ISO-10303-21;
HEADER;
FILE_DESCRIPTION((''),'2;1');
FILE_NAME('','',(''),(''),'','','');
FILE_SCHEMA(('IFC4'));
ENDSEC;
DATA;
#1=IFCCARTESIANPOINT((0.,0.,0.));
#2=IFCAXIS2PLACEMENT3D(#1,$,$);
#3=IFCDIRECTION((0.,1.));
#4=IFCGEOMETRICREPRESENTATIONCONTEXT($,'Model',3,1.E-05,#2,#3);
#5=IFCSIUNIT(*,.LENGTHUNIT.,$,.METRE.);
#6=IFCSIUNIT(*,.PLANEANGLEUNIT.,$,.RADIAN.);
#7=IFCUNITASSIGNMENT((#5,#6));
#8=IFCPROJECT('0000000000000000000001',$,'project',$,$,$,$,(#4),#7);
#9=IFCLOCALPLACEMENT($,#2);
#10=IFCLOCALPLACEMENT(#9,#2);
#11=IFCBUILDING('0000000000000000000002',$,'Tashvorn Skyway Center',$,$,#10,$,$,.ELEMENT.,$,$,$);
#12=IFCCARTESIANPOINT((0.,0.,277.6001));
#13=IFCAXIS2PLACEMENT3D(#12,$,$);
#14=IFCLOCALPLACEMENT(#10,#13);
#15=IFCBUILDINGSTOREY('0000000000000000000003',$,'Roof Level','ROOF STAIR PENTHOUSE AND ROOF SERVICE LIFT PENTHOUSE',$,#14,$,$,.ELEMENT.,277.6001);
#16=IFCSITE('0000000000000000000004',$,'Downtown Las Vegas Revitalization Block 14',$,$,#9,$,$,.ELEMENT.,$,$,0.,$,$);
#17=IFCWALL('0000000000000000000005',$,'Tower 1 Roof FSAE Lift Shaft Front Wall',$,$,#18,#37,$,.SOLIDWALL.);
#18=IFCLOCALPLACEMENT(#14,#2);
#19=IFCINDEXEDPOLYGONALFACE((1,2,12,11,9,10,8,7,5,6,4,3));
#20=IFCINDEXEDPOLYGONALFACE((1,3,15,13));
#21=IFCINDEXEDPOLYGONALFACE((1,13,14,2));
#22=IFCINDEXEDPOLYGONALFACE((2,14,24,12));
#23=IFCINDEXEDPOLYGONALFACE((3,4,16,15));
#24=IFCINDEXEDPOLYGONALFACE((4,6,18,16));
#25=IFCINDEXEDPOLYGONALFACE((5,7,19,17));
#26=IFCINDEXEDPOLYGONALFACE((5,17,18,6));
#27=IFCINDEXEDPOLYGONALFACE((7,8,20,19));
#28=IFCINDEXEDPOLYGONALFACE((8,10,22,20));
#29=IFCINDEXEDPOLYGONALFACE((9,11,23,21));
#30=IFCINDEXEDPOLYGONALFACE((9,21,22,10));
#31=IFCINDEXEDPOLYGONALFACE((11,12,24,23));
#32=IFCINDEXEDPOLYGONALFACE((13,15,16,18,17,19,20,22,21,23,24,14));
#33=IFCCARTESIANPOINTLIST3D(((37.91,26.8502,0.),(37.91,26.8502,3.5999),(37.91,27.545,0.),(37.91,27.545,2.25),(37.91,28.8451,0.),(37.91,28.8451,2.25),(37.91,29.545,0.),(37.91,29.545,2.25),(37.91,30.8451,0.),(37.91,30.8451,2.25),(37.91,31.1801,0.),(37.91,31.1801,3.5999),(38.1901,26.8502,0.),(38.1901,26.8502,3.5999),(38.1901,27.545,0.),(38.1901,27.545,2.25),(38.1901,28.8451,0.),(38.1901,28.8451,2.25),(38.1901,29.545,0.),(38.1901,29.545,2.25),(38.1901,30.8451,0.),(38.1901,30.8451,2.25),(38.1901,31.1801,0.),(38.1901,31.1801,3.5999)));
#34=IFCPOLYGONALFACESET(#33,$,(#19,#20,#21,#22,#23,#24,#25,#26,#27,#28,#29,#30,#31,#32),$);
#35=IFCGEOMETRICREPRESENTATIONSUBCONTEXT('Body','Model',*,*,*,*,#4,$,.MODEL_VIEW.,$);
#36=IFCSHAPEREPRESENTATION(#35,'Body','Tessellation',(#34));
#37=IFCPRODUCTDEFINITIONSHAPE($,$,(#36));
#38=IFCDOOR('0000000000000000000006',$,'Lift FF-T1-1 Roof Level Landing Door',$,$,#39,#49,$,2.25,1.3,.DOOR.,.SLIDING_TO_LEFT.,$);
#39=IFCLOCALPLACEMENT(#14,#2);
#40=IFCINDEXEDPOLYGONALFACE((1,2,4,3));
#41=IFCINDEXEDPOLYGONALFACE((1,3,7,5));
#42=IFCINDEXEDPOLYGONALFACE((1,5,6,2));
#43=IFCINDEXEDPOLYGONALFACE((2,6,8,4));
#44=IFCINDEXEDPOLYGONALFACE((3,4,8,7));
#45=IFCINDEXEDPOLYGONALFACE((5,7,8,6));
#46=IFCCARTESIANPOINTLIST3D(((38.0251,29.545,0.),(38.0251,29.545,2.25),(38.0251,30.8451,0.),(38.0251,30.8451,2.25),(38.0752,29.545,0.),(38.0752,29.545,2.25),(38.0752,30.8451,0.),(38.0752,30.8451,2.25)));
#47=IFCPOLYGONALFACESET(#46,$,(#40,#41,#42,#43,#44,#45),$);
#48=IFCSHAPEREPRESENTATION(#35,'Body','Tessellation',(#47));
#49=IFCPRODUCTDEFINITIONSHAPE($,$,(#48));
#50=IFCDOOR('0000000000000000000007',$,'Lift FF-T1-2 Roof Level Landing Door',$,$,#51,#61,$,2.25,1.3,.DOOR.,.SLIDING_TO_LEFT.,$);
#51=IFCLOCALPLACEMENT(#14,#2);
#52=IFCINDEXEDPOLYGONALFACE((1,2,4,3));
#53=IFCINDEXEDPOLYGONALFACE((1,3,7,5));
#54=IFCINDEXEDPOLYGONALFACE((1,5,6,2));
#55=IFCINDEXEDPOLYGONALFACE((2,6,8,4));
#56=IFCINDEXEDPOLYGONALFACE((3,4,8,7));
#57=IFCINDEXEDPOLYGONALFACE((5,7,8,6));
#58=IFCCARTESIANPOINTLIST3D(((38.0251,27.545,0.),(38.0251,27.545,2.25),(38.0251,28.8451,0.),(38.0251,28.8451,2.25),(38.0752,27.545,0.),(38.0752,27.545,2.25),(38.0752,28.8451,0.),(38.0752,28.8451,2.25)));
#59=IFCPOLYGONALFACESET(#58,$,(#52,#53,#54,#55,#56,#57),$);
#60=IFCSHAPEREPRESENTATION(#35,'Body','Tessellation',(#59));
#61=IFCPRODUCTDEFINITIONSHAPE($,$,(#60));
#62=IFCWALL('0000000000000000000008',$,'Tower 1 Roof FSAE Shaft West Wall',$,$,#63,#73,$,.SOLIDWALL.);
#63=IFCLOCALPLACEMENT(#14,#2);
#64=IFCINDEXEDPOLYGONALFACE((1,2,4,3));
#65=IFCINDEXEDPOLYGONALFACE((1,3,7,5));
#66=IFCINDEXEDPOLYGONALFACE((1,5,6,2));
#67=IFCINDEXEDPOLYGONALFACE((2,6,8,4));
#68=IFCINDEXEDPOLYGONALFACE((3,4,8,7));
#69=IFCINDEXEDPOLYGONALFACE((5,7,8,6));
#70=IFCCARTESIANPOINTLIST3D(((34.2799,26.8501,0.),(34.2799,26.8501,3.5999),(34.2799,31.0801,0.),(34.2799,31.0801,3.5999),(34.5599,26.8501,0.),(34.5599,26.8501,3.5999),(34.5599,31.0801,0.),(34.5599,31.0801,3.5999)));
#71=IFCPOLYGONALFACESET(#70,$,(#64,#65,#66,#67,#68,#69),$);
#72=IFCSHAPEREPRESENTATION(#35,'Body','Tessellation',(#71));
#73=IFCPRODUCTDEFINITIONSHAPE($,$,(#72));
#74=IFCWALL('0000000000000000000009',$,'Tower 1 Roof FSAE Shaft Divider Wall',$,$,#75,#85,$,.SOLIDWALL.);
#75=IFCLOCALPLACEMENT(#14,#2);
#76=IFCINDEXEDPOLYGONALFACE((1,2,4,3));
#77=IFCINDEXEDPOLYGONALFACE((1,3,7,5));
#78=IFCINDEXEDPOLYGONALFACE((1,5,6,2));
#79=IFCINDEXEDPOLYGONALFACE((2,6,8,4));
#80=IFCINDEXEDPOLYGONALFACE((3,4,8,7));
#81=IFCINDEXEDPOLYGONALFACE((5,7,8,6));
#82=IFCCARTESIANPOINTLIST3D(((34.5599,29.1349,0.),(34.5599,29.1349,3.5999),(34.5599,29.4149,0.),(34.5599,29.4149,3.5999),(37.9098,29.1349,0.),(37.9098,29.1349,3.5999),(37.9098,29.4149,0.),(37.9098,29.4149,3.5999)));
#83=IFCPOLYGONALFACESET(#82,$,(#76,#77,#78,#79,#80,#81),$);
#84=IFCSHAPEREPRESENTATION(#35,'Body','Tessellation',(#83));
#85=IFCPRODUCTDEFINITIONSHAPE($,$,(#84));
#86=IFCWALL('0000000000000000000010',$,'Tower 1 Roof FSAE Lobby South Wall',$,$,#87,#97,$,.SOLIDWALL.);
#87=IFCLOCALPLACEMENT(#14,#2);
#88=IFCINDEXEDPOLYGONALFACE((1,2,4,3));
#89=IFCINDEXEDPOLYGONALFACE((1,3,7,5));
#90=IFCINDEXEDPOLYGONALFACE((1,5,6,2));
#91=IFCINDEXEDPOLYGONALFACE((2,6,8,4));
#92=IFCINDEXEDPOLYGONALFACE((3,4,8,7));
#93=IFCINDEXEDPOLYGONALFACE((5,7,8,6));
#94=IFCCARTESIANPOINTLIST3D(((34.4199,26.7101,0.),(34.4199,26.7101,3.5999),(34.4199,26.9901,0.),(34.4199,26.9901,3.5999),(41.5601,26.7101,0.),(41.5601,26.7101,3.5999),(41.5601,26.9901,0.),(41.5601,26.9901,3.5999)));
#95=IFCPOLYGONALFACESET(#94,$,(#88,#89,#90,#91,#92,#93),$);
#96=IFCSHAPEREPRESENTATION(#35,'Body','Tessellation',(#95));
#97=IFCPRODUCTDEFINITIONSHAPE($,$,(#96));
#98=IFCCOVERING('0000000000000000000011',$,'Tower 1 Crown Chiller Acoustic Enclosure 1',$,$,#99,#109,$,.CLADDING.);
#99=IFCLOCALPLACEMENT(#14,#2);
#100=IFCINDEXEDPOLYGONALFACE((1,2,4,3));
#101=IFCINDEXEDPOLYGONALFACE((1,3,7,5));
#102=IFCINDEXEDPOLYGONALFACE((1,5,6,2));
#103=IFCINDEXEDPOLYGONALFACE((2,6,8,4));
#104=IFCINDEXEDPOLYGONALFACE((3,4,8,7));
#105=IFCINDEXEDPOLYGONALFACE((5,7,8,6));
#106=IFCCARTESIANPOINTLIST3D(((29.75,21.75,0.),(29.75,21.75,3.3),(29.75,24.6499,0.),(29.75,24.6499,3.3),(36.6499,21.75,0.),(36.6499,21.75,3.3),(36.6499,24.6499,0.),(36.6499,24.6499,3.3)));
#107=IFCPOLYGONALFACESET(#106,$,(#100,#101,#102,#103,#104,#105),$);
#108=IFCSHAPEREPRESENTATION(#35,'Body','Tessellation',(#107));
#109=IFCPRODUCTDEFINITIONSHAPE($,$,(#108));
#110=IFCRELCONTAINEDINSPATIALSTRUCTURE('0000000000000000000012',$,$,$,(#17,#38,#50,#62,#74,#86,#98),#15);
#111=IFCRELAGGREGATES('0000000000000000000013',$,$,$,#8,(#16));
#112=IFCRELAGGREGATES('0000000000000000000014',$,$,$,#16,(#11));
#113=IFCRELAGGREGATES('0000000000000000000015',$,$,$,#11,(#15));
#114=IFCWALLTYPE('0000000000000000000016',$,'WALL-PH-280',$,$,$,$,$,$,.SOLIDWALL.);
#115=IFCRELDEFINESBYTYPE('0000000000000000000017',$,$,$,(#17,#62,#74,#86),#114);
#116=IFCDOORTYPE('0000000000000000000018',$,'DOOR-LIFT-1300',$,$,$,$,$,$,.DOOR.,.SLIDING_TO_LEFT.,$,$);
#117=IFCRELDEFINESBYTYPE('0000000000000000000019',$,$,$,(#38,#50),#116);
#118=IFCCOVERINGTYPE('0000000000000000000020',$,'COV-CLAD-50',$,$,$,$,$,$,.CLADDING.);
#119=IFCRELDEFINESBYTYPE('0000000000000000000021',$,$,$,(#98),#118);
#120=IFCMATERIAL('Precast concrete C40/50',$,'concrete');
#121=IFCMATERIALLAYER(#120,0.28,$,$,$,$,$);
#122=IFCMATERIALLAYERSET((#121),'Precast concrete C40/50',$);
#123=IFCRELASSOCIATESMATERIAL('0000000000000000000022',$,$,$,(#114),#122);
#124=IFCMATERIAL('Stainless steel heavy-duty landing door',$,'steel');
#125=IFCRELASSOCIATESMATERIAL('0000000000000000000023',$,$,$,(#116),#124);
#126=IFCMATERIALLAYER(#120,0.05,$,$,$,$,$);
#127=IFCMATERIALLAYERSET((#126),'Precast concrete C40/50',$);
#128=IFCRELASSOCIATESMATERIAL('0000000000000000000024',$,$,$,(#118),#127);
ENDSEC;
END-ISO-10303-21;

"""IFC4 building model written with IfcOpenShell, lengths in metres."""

from ifc_helpers import new_model, si_unit, direction, frame, frame_2d, origin, origin_2d, place, context, subcontext, project, spatial, rectangle, extrude, material, layer, layer_set, type_object, element, fill, save


model = new_model("IFC4")

# Units and contexts
model_context = context("Model", 3, precision=1e-05, world=origin(), true_north=direction((0.0, 1.0)))
body_context = subcontext(model_context, "Body", "Model", "MODEL_VIEW")
ifc_project = project(units=[si_unit("LENGTHUNIT", "METRE"), si_unit("PLANEANGLEUNIT", "RADIAN")], contexts=[model_context])

# Site, building, storey
site_placement = place(None, origin())
site = spatial("IfcSite", under=ifc_project, at=site_placement, Name="Downtown Las Vegas Revitalization Block 14", CompositionType="ELEMENT", RefElevation=0.0)
building_placement = place(site_placement, origin())
building = spatial("IfcBuilding", under=site, at=building_placement, Name="Tashvorn Skyway Center", CompositionType="ELEMENT")
storey_placement = place(building_placement, frame((0.0, 0.0, 277.6001)))
storey = spatial("IfcBuildingStorey", under=building, at=storey_placement, Name="Roof Level", Description="ROOF STAIR PENTHOUSE AND ROOF SERVICE LIFT PENTHOUSE", CompositionType="ELEMENT", Elevation=277.6001)

# Wall, openings, doors
ifc_material_1 = material(Name="Precast concrete C40/50", Category="concrete")
ifc_layer_1 = layer(ifc_material_1, 0.28)
ifc_layer_set_1 = layer_set([ifc_layer_1], Name="Precast concrete C40/50")
wall_type = type_object("IfcWallType", Name="WALL-PH-280", PredefinedType="SOLIDWALL", material=ifc_layer_set_1)
wall_1_placement = place(storey_placement, frame((38.05, 26.8501, 0.0), z_axis=(0.0, 0.0, 1.0), x_axis=(0.0, 1.0, 0.0)))
wall_1 = element("IfcWall", 1, at=wall_1_placement, inside=storey, type_object=wall_type, Name="Tower 1 Roof FSAE Lift Shaft Front Wall", PredefinedType="SOLIDWALL", context=body_context, shape_type="SweptSolid", body=[
    extrude(rectangle(XDim=4.3298, YDim=0.28, at=frame_2d((2.165, 0.0))), origin(), (0.0, 0.0, 1.0), 3.5999),
])
opening_1_placement = place(wall_1_placement, frame((2.6951, 0.0, 0.0)))
opening_1 = element("IfcOpeningElement", 2, at=opening_1_placement, cuts=wall_1, PredefinedType="OPENING", context=body_context, shape_type="SweptSolid", body=[
    extrude(rectangle(XDim=1.3, YDim=2.25, at=frame_2d((0.6499, 1.125))), frame((0.0, 0.1499, 0.0), z_axis=(0.0, -1.0, 0.0), x_axis=(1.0, 0.0, 0.0)), (0.0, 0.0, 1.0), 0.3),
])
opening_2_placement = place(wall_1_placement, frame((0.6951, 0.0, 0.0)))
opening_2 = element("IfcOpeningElement", 3, at=opening_2_placement, cuts=wall_1, PredefinedType="OPENING", context=body_context, shape_type="SweptSolid", body=[
    extrude(rectangle(XDim=1.3, YDim=2.25, at=frame_2d((0.6499, 1.125))), frame((0.0, 0.1499, 0.0), z_axis=(0.0, -1.0, 0.0), x_axis=(1.0, 0.0, 0.0)), (0.0, 0.0, 1.0), 0.3),
])
ifc_material_2 = material(Name="Stainless steel heavy-duty landing door", Category="steel")
door_type = type_object("IfcDoorType", Name="DOOR-LIFT-1300", OperationType="SLIDING_TO_LEFT", PredefinedType="DOOR", material=ifc_material_2)
door_1_placement = place(opening_1_placement, origin())
door_1 = element("IfcDoor", 4, at=door_1_placement, inside=storey, type_object=door_type, Name="Lift FF-T1-1 Roof Level Landing Door", OperationType="SLIDING_TO_LEFT", OverallHeight=2.25, OverallWidth=1.3, PredefinedType="DOOR", context=body_context, shape_type="SweptSolid", body=[
    extrude(rectangle(XDim=1.3, YDim=2.25, at=frame_2d((0.6499, 1.125))), frame((0.0, 0.0249, 0.0), z_axis=(0.0, -1.0, 0.0), x_axis=(1.0, 0.0, 0.0)), (0.0, 0.0, 1.0), 0.05),
])
fill(opening_1, door_1)
door_2_placement = place(opening_2_placement, origin())
door_2 = element("IfcDoor", 5, at=door_2_placement, inside=storey, type_object=door_type, Name="Lift FF-T1-2 Roof Level Landing Door", OperationType="SLIDING_TO_LEFT", OverallHeight=2.25, OverallWidth=1.3, PredefinedType="DOOR", context=body_context, shape_type="SweptSolid", body=[
    extrude(rectangle(XDim=1.3, YDim=2.25, at=frame_2d((0.6499, 1.125))), frame((0.0, 0.0249, 0.0), z_axis=(0.0, -1.0, 0.0), x_axis=(1.0, 0.0, 0.0)), (0.0, 0.0, 1.0), 0.05),
])
fill(opening_2, door_2)

# Walls
wall_2_placement = place(storey_placement, frame((34.4199, 26.8501, 0.0), z_axis=(0.0, 0.0, 1.0), x_axis=(0.0, 1.0, 0.0)))
element("IfcWall", 6, at=wall_2_placement, inside=storey, type_object=wall_type, Name="Tower 1 Roof FSAE Shaft West Wall", PredefinedType="SOLIDWALL", context=body_context, shape_type="SweptSolid", body=[
    extrude(rectangle(XDim=4.23, YDim=0.28, at=frame_2d((2.115, 0.0))), origin(), (0.0, 0.0, 1.0), 3.5999),
])
wall_3_placement = place(storey_placement, frame((34.5601, 29.2749, 0.0), z_axis=(0.0, 0.0, 1.0), x_axis=(1.0, 0.0, 0.0)))
element("IfcWall", 7, at=wall_3_placement, inside=storey, type_object=wall_type, Name="Tower 1 Roof FSAE Shaft Divider Wall", PredefinedType="SOLIDWALL", context=body_context, shape_type="SweptSolid", body=[
    extrude(rectangle(XDim=3.3499, YDim=0.28, at=frame_2d((1.6748, 0.0))), origin(), (0.0, 0.0, 1.0), 3.5999),
])
wall_4_placement = place(storey_placement, frame((41.5601, 26.8501, 0.0), z_axis=(0.0, 0.0, 1.0), x_axis=(-1.0, 0.0, 0.0)))
element("IfcWall", 8, at=wall_4_placement, inside=storey, type_object=wall_type, Name="Tower 1 Roof FSAE Lobby South Wall", PredefinedType="SOLIDWALL", context=body_context, shape_type="SweptSolid", body=[
    extrude(rectangle(XDim=7.1401, YDim=0.28, at=frame_2d((3.5701, 0.0))), origin(), (0.0, 0.0, 1.0), 3.5999),
])

# Covering
ifc_layer_2 = layer(ifc_material_1, 0.05)
ifc_layer_set_2 = layer_set([ifc_layer_2], Name="Precast concrete C40/50")
covering_type = type_object("IfcCoveringType", Name="COV-CLAD-50", PredefinedType="CLADDING", material=ifc_layer_set_2)
covering_placement = place(storey_placement, frame((33.2, 23.2, 0.0), z_axis=(0.0, 0.0, 1.0), x_axis=(1.0, 0.0, 0.0)))
element("IfcCovering", 9, at=covering_placement, inside=storey, type_object=covering_type, Name="Tower 1 Crown Chiller Acoustic Enclosure 1", PredefinedType="CLADDING", context=body_context, shape_type="SweptSolid", body=[
    extrude(rectangle(XDim=6.8999, YDim=2.8999, at=origin_2d()), origin(), (0.0, 0.0, 1.0), 3.3),
])

save(model, "model.ifc")
